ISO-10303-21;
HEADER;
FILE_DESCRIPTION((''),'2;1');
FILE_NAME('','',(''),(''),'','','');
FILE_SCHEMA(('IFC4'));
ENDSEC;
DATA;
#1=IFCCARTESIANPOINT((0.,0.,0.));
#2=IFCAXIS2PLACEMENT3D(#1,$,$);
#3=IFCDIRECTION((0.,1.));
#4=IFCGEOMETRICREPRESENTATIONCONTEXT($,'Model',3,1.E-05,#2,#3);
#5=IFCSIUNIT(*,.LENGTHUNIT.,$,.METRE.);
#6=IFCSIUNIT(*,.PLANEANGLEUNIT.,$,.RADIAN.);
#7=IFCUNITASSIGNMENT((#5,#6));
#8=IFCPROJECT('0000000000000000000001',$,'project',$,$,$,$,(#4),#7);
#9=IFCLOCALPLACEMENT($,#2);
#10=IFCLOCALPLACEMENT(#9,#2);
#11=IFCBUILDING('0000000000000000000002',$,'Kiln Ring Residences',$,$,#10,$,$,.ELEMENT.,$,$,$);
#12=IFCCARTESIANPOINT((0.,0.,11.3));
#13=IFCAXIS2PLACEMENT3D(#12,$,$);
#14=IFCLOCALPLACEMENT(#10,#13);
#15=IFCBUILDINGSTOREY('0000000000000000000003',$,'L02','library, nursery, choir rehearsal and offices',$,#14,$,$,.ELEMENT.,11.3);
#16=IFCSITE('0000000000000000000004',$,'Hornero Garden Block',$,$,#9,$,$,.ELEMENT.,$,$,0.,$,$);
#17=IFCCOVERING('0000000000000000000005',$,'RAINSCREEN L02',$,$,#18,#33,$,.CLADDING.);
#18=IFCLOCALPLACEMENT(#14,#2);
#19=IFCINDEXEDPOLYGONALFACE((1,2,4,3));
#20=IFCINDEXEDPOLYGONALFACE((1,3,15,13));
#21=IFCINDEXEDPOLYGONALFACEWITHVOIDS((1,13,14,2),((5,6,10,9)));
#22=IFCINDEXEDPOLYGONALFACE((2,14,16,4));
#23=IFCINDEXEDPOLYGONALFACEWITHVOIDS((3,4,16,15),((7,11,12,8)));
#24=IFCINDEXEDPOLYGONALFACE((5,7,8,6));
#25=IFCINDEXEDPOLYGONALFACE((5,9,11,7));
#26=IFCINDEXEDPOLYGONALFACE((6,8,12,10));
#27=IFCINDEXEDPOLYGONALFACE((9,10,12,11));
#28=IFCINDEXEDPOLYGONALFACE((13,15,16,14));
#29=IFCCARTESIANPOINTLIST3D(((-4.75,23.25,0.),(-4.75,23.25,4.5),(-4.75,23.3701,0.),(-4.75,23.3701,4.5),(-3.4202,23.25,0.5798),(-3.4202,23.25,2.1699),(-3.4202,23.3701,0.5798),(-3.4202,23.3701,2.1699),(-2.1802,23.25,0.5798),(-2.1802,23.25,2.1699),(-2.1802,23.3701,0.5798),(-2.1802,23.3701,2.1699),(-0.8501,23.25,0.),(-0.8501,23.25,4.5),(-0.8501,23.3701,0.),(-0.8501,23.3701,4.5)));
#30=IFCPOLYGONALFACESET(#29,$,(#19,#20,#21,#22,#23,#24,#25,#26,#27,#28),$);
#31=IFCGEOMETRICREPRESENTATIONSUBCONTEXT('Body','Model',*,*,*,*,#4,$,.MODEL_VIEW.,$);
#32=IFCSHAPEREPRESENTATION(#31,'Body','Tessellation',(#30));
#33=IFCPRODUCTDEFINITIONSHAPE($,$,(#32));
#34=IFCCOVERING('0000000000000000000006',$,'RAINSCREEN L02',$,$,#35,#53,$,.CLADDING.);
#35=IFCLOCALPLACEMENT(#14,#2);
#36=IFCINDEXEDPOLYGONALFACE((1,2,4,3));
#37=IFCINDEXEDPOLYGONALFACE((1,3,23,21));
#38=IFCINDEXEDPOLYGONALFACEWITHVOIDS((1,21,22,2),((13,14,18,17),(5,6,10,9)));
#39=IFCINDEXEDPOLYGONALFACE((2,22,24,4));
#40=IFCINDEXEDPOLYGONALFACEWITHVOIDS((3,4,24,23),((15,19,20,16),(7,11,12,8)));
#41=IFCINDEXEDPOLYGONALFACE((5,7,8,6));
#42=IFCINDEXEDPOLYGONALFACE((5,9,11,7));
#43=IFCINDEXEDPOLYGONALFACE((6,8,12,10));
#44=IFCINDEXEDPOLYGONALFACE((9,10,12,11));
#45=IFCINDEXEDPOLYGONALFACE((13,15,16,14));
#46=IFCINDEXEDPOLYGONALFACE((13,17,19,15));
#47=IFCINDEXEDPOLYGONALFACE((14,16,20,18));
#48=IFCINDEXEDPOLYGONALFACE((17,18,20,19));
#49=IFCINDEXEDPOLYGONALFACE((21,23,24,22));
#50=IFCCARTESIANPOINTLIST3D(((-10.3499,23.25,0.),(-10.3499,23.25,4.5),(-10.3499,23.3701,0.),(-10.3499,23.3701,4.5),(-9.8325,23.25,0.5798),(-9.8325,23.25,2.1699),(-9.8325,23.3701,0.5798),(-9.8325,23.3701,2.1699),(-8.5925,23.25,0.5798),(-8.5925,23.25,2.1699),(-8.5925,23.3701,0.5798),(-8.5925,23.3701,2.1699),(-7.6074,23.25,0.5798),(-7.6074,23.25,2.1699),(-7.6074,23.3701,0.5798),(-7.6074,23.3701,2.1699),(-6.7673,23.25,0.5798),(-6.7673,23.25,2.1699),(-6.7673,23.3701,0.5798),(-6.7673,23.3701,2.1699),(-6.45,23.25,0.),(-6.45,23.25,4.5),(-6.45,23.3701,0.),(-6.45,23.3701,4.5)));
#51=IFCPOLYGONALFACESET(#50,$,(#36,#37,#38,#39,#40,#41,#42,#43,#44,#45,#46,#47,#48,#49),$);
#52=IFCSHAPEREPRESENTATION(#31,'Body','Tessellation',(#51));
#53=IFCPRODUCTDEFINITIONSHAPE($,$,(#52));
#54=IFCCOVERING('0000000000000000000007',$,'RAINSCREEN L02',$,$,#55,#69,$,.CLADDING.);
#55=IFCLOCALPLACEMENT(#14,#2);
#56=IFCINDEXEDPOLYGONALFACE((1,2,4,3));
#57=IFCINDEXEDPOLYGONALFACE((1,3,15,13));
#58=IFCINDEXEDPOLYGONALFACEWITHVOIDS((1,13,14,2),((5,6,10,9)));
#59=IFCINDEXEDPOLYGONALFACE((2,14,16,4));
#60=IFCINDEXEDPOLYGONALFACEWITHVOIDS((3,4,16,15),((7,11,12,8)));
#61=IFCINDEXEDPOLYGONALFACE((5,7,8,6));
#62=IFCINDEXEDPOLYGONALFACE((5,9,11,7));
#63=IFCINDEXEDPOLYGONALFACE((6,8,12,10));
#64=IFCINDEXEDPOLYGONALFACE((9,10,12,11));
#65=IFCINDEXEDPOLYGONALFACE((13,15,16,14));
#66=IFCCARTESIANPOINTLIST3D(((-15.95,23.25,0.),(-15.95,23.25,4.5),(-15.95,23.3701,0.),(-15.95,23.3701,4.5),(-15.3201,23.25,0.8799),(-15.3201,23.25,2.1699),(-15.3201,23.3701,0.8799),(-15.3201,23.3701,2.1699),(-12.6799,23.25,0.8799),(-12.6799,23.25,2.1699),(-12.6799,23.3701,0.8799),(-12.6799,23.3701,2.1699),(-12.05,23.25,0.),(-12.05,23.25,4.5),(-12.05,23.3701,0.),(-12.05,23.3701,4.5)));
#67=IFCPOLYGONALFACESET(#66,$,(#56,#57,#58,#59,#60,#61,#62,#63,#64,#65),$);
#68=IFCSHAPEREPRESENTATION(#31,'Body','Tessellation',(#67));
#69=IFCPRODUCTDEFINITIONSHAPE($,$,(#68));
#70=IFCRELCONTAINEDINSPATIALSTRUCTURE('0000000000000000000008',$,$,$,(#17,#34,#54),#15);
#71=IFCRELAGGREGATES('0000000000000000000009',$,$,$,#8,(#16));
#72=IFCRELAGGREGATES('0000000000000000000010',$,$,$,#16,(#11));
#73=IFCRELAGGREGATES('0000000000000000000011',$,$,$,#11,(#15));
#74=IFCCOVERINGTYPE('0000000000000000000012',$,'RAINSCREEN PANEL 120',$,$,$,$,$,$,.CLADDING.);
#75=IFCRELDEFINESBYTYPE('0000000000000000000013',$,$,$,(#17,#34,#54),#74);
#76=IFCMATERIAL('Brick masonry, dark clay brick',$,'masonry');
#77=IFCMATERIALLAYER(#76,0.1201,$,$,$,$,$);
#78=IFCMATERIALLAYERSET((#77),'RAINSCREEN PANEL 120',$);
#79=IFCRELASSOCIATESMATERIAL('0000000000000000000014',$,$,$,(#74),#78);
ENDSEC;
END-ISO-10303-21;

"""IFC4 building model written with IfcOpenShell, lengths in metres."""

from ifc_helpers import new_model, si_unit, direction, frame, origin, place, context, subcontext, project, spatial, polyline, outline, extrude, material, layer, layer_set, type_object, element, save


model = new_model("IFC4")

# Units and contexts
model_context = context("Model", 3, precision=1e-05, world=origin(), true_north=direction((0.0, 1.0)))
body_context = subcontext(model_context, "Body", "Model", "MODEL_VIEW")
ifc_project = project(units=[si_unit("LENGTHUNIT", "METRE"), si_unit("PLANEANGLEUNIT", "RADIAN")], contexts=[model_context])

# Site, building, storey
site_placement = place(None, origin())
site = spatial("IfcSite", under=ifc_project, at=site_placement, Name="Hornero Garden Block", CompositionType="ELEMENT", RefElevation=0.0)
building_placement = place(site_placement, origin())
building = spatial("IfcBuilding", under=site, at=building_placement, Name="Kiln Ring Residences", CompositionType="ELEMENT")
storey_placement = place(building_placement, frame((0.0, 0.0, 11.3)))
storey = spatial("IfcBuildingStorey", under=building, at=storey_placement, Name="L02", Description="library, nursery, choir rehearsal and offices", CompositionType="ELEMENT", Elevation=11.3)

# Coverings
ifc_material_1 = material(Name="Brick masonry, dark clay brick", Category="masonry")
ifc_layer_1 = layer(ifc_material_1, 0.1201)
ifc_layer_set_1 = layer_set([ifc_layer_1], Name="RAINSCREEN PANEL 120")
covering_type = type_object("IfcCoveringType", Name="RAINSCREEN PANEL 120", PredefinedType="CLADDING", material=ifc_layer_set_1)
covering_1_placement = place(storey_placement, frame((-0.8501, 23.3101, 0.0), z_axis=(0.0, 0.0, 1.0), x_axis=(-1.0, 0.0, 0.0)))
element("IfcCovering", 1, at=covering_1_placement, inside=storey, type_object=covering_type, Name="RAINSCREEN L02", PredefinedType="CLADDING", context=body_context, shape_type="SweptSolid", body=[
    extrude(outline(polyline([(0.0, 0.0), (3.8999, 0.0), (3.8999, 4.5), (0.0, 4.5), (0.0, 0.0)]), holes=[polyline([(1.3301, 2.1699), (1.3301, 0.5798), (2.5701, 0.5798), (2.5701, 2.1699), (1.3301, 2.1699)])]), frame((0.0, 0.0601, 0.0), z_axis=(0.0, -1.0, 0.0), x_axis=(1.0, 0.0, 0.0)), (0.0, 0.0, 1.0), 0.1201),
])
covering_2_placement = place(storey_placement, frame((-6.45, 23.3101, 0.0), z_axis=(0.0, 0.0, 1.0), x_axis=(-1.0, 0.0, 0.0)))
element("IfcCovering", 2, at=covering_2_placement, inside=storey, type_object=covering_type, Name="RAINSCREEN L02", PredefinedType="CLADDING", context=body_context, shape_type="SweptSolid", body=[
    extrude(outline(polyline([(0.0, 0.0), (3.8999, 0.0), (3.8999, 4.5), (0.0, 4.5), (0.0, 0.0)]), holes=[polyline([(1.1575, 2.1699), (0.3174, 2.1699), (0.3174, 0.5798), (1.1575, 0.5798), (1.1575, 2.1699)]), polyline([(3.3826, 2.1699), (2.1426, 2.1699), (2.1426, 0.5798), (3.3826, 0.5798), (3.3826, 2.1699)])]), frame((0.0, 0.0601, 0.0), z_axis=(0.0, -1.0, 0.0), x_axis=(1.0, 0.0, 0.0)), (0.0, 0.0, 1.0), 0.1201),
])
covering_3_placement = place(storey_placement, frame((-12.05, 23.3101, 0.0), z_axis=(0.0, 0.0, 1.0), x_axis=(-1.0, 0.0, 0.0)))
element("IfcCovering", 3, at=covering_3_placement, inside=storey, type_object=covering_type, Name="RAINSCREEN L02", PredefinedType="CLADDING", context=body_context, shape_type="SweptSolid", body=[
    extrude(outline(polyline([(0.0, 0.0), (3.8999, 0.0), (3.8999, 4.5), (0.0, 4.5), (0.0, 0.0)]), holes=[polyline([(0.6299, 2.1699), (0.6299, 0.8799), (3.27, 0.8799), (3.27, 2.1699), (0.6299, 2.1699)])]), frame((0.0, 0.0601, 0.0), z_axis=(0.0, -1.0, 0.0), x_axis=(1.0, 0.0, 0.0)), (0.0, 0.0, 1.0), 0.1201),
])

save(model, "model.ifc")
